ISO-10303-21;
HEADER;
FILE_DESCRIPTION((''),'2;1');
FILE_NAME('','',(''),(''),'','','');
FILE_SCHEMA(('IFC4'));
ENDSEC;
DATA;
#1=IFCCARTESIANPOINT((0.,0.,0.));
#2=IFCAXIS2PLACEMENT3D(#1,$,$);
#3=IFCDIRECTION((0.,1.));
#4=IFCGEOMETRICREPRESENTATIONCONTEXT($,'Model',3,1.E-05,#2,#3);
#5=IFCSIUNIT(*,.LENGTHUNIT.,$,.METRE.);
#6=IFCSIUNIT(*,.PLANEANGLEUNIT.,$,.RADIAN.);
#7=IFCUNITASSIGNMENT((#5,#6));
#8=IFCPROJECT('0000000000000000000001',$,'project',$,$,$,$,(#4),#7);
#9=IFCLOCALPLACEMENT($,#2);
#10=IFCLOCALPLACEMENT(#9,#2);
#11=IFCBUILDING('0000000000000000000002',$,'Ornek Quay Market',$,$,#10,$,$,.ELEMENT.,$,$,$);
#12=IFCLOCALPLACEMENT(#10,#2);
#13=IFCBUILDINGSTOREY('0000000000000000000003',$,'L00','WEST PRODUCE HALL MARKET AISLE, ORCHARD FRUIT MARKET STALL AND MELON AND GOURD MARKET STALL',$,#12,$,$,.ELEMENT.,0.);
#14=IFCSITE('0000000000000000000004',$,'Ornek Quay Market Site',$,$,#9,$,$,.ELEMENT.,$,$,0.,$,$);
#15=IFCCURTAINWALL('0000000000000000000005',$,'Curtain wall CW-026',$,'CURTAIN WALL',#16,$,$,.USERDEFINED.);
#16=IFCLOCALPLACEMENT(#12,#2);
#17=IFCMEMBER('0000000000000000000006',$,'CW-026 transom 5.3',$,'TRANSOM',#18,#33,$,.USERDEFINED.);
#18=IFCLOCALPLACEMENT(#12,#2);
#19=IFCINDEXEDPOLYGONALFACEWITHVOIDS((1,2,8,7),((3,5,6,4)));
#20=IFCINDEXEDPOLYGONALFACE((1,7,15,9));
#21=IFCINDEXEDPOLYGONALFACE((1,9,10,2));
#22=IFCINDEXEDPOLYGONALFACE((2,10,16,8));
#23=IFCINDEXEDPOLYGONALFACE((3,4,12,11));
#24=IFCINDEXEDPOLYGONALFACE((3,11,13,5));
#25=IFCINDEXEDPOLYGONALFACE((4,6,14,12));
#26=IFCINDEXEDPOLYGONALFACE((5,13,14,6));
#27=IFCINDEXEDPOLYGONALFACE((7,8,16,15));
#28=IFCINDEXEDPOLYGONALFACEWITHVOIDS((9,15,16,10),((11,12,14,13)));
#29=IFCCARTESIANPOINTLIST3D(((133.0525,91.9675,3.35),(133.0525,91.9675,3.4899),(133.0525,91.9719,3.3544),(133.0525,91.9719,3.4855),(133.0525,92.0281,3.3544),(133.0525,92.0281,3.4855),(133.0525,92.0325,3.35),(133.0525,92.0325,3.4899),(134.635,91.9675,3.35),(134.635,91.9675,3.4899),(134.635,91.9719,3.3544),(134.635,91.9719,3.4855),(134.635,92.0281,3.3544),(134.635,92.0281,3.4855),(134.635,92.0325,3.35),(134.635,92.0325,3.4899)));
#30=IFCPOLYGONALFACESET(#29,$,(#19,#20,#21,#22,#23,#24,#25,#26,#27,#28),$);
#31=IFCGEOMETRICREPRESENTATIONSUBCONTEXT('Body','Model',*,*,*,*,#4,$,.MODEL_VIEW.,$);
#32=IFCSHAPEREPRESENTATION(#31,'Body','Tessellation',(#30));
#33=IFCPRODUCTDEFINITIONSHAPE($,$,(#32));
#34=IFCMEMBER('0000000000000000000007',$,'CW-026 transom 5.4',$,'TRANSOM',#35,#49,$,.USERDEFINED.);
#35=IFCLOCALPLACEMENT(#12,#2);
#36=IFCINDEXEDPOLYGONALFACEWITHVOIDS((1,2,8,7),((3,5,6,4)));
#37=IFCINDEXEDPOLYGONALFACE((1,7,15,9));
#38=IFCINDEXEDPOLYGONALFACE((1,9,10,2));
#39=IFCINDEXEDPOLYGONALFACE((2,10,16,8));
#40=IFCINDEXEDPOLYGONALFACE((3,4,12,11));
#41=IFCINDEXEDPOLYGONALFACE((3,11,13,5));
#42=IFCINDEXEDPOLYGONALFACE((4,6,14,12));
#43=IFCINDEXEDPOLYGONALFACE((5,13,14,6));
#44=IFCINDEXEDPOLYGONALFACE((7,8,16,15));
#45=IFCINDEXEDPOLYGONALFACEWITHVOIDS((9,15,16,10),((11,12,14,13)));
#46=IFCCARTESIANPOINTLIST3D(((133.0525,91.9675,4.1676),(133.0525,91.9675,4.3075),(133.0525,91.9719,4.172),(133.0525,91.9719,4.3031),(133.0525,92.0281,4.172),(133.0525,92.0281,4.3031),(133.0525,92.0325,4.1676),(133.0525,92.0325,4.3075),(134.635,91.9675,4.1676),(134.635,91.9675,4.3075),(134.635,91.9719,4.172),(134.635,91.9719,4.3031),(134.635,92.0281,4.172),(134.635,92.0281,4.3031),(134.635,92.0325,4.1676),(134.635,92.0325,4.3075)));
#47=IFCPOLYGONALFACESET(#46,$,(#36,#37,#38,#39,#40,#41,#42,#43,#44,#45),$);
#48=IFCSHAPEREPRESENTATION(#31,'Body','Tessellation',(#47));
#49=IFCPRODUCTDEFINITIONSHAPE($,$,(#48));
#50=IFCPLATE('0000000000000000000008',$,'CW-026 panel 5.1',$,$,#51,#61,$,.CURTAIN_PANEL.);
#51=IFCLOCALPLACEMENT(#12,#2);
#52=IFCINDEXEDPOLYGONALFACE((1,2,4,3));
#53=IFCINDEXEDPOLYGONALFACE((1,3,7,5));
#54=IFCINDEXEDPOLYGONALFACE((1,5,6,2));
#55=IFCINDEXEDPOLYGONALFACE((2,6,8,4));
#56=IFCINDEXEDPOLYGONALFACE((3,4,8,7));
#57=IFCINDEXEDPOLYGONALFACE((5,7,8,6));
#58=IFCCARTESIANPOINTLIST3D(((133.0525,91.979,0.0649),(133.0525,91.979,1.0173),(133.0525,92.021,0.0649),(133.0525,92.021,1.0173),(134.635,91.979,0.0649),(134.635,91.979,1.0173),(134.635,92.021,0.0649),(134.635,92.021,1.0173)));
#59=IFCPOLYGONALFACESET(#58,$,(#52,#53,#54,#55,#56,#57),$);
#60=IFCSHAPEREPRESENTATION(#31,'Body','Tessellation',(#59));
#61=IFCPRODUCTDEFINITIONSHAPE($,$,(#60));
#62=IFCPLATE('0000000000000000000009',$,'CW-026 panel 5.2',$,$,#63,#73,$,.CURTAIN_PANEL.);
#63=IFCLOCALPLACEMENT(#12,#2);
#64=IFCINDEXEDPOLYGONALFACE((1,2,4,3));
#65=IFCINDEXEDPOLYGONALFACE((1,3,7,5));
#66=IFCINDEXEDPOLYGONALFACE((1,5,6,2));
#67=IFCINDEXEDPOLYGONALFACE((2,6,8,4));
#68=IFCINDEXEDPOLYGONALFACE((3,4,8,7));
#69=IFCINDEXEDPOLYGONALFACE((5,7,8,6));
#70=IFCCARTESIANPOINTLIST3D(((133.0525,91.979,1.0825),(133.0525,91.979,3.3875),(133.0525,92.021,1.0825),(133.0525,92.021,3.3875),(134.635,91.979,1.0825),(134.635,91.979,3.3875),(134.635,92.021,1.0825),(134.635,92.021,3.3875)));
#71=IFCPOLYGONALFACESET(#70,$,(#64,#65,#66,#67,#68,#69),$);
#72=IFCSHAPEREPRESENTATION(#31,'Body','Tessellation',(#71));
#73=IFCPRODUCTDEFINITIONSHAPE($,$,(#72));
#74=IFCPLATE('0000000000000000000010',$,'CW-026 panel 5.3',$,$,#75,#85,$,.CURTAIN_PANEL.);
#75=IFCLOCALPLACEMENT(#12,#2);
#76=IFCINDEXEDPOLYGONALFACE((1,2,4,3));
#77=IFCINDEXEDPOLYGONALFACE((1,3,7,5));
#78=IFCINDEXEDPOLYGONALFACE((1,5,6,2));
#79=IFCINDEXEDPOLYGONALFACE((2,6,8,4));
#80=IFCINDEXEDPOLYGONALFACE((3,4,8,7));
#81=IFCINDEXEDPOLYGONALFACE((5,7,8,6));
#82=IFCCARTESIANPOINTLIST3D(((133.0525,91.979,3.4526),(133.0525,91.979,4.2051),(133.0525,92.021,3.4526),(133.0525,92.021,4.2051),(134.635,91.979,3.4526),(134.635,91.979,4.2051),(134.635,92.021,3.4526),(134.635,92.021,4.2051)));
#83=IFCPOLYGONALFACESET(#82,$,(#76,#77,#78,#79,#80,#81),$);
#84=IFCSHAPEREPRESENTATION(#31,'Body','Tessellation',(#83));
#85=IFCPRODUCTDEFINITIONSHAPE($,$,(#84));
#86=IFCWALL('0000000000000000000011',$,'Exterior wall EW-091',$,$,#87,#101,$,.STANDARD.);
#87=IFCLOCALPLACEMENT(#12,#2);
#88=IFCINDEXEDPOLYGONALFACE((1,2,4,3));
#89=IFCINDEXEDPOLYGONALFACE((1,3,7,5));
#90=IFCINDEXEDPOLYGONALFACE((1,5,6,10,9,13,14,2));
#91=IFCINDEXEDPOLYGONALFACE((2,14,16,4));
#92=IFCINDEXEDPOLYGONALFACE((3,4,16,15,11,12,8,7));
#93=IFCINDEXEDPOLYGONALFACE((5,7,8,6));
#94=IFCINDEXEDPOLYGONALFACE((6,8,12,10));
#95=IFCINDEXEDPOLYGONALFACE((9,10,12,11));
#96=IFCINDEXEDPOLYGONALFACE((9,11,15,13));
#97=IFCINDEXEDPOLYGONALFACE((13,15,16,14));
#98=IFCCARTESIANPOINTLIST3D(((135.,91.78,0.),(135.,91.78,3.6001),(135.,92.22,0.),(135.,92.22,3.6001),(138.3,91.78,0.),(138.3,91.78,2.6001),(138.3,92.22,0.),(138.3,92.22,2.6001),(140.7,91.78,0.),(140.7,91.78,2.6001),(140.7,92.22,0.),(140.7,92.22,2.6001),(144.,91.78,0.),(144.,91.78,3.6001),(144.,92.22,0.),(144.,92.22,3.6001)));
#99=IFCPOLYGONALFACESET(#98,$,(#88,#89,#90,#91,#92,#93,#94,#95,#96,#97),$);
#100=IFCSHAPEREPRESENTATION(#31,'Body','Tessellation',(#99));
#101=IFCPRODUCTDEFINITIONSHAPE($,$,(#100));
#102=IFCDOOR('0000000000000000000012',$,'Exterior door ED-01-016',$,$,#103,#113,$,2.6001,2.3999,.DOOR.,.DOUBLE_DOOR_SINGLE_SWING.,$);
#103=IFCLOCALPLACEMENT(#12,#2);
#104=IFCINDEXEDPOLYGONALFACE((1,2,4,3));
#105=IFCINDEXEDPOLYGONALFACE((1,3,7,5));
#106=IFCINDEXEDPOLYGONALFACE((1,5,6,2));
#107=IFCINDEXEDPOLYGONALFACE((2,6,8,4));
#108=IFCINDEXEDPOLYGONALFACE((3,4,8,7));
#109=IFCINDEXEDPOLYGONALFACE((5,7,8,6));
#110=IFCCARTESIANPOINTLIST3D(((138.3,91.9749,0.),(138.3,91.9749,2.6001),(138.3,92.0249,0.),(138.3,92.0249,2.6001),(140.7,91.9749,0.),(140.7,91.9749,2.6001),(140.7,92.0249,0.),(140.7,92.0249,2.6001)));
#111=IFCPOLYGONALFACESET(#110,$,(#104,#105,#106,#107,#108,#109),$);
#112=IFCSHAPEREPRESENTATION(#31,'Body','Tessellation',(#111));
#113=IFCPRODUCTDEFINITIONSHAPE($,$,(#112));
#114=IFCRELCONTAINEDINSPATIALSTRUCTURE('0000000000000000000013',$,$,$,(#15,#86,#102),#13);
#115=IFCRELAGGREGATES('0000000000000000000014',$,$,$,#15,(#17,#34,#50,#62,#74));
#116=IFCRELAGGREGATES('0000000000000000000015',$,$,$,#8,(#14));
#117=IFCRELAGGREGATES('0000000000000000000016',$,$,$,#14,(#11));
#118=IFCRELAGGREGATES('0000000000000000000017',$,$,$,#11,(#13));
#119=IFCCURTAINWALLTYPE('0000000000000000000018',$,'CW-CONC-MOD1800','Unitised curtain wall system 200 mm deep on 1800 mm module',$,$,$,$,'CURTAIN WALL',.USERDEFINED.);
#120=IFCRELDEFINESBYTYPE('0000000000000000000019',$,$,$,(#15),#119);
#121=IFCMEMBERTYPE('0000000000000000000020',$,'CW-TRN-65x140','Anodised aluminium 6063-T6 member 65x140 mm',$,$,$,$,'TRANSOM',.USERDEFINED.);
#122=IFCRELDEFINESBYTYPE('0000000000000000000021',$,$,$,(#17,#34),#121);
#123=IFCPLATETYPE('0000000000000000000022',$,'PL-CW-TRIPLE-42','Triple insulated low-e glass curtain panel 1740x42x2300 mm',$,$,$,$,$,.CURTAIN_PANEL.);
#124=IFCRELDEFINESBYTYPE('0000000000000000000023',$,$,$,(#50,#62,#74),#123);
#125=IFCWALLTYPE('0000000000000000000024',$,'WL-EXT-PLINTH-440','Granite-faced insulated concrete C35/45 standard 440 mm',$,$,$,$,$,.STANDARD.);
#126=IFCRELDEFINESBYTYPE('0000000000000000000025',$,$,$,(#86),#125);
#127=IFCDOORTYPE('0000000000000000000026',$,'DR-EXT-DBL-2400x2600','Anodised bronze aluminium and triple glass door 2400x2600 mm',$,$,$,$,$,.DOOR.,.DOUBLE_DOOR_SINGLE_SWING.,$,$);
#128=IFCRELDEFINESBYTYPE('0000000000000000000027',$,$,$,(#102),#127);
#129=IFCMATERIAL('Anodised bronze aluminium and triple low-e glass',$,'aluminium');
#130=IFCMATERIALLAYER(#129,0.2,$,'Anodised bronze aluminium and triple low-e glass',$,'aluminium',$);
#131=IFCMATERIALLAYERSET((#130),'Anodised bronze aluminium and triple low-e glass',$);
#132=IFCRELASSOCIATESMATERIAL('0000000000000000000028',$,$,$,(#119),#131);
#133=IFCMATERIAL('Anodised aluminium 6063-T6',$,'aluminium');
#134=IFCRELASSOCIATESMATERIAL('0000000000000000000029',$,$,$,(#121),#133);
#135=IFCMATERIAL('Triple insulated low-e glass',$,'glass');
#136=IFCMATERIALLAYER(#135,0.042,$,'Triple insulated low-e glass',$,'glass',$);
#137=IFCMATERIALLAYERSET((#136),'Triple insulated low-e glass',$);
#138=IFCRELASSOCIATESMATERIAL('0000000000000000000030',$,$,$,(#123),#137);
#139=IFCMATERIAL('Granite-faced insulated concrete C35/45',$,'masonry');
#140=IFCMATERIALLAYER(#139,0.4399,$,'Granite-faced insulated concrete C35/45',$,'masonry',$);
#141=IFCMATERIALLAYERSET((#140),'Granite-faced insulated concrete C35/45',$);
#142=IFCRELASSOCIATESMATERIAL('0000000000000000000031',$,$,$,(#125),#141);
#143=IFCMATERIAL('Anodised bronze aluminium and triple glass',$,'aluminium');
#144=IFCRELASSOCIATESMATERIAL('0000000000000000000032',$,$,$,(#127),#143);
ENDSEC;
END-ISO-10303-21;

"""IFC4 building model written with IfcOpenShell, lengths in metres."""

from ifc_helpers import new_model, si_unit, direction, frame, frame_2d, origin, origin_2d, place, context, subcontext, project, spatial, rectangle, hollow_rectangle, extrude, material, layer, layer_set, material_profile, profile_set, type_object, element, fill, aggregate, save


model = new_model("IFC4")

# Units and contexts
model_context = context("Model", 3, precision=1e-05, world=origin(), true_north=direction((0.0, 1.0)))
body_context = subcontext(model_context, "Body", "Model", "MODEL_VIEW")
ifc_project = project(units=[si_unit("LENGTHUNIT", "METRE"), si_unit("PLANEANGLEUNIT", "RADIAN")], contexts=[model_context])

# Site, building, storey
site_placement = place(None, origin())
site = spatial("IfcSite", under=ifc_project, at=site_placement, Name="Ornek Quay Market Site", CompositionType="ELEMENT", RefElevation=0.0)
building_placement = place(site_placement, origin())
building = spatial("IfcBuilding", under=site, at=building_placement, Name="Ornek Quay Market", CompositionType="ELEMENT")
storey_placement = place(building_placement, origin())
storey = spatial("IfcBuildingStorey", under=building, at=storey_placement, Name="L00", Description="WEST PRODUCE HALL MARKET AISLE, ORCHARD FRUIT MARKET STALL AND MELON AND GOURD MARKET STALL", CompositionType="ELEMENT", Elevation=0.0)

# Curtain wall, members, plates
ifc_material_1 = material(Name="Anodised bronze aluminium and triple low-e glass", Category="aluminium")
ifc_layer_1 = layer(ifc_material_1, 0.2, Name="Anodised bronze aluminium and triple low-e glass", Category="aluminium")
ifc_layer_set_1 = layer_set([ifc_layer_1], Name="Anodised bronze aluminium and triple low-e glass")
curtain_wall_type = type_object("IfcCurtainWallType", Name="CW-CONC-MOD1800", Description="Unitised curtain wall system 200 mm deep on 1800 mm module", ElementType="CURTAIN WALL", PredefinedType="USERDEFINED", material=ifc_layer_set_1)
curtain_wall_placement = place(storey_placement, origin())
curtain_wall = element("IfcCurtainWall", 1, at=curtain_wall_placement, inside=storey, type_object=curtain_wall_type, Name="Curtain wall CW-026", ObjectType="CURTAIN WALL", PredefinedType="USERDEFINED")
ifc_material_2 = material(Name="Anodised aluminium 6063-T6", Category="aluminium")
ifc_material_profile_1 = material_profile(ifc_material_2, hollow_rectangle(XDim=0.0649, YDim=0.1399, WallThickness=0.0044, at=origin_2d()), Name="CW-TRN-65x140", Category="aluminium")
ifc_profile_set_1 = profile_set([ifc_material_profile_1], Name="Anodised aluminium 6063-T6")
member_type_1 = type_object("IfcMemberType", Name="CW-TRN-65x140", Description="Anodised aluminium 6063-T6 member 65x140 mm", ElementType="TRANSOM", PredefinedType="USERDEFINED", material=ifc_profile_set_1)
member_1_placement = place(storey_placement, frame((133.0525, 92.0, 3.4199), z_axis=(1.0, 0.0, 0.0), x_axis=(0.0, 1.0, 0.0)))
member_1 = element("IfcMember", 2, at=member_1_placement, type_object=member_type_1, Name="CW-026 transom 5.3", ObjectType="TRANSOM", PredefinedType="USERDEFINED", context=body_context, shape_type="SweptSolid", body=[
    extrude(hollow_rectangle(XDim=0.0649, YDim=0.1399, WallThickness=0.0044, at=origin_2d()), origin(), (0.0, 0.0, 1.0), 1.5825),
])
member_2_placement = place(storey_placement, frame((133.0525, 92.0, 4.2375), z_axis=(1.0, 0.0, 0.0), x_axis=(0.0, 1.0, 0.0)))
member_2 = element("IfcMember", 3, at=member_2_placement, type_object=member_type_1, Name="CW-026 transom 5.4", ObjectType="TRANSOM", PredefinedType="USERDEFINED", context=body_context, shape_type="SweptSolid", body=[
    extrude(hollow_rectangle(XDim=0.0649, YDim=0.1399, WallThickness=0.0044, at=origin_2d()), origin(), (0.0, 0.0, 1.0), 1.5825),
])
ifc_material_3 = material(Name="Triple insulated low-e glass", Category="glass")
ifc_layer_2 = layer(ifc_material_3, 0.042, Name="Triple insulated low-e glass", Category="glass")
ifc_layer_set_2 = layer_set([ifc_layer_2], Name="Triple insulated low-e glass")
plate_type = type_object("IfcPlateType", Name="PL-CW-TRIPLE-42", Description="Triple insulated low-e glass curtain panel 1740x42x2300 mm", PredefinedType="CURTAIN_PANEL", material=ifc_layer_set_2)
plate_1_placement = place(storey_placement, frame((133.8438, 92.0, 0.0649), z_axis=(0.0, 0.0, 1.0), x_axis=(1.0, 0.0, 0.0)))
plate_1 = element("IfcPlate", 4, at=plate_1_placement, type_object=plate_type, Name="CW-026 panel 5.1", PredefinedType="CURTAIN_PANEL", context=body_context, shape_type="SweptSolid", body=[
    extrude(rectangle(XDim=1.5825, YDim=0.042, at=origin_2d()), origin(), (0.0, 0.0, 1.0), 0.9524),
])
plate_2_placement = place(storey_placement, frame((133.8438, 92.0, 1.0825), z_axis=(0.0, 0.0, 1.0), x_axis=(1.0, 0.0, 0.0)))
plate_2 = element("IfcPlate", 5, at=plate_2_placement, type_object=plate_type, Name="CW-026 panel 5.2", PredefinedType="CURTAIN_PANEL", context=body_context, shape_type="SweptSolid", body=[
    extrude(rectangle(XDim=1.5825, YDim=0.042, at=origin_2d()), origin(), (0.0, 0.0, 1.0), 2.3049),
])
plate_3_placement = place(storey_placement, frame((133.8438, 92.0, 3.4526), z_axis=(0.0, 0.0, 1.0), x_axis=(1.0, 0.0, 0.0)))
plate_3 = element("IfcPlate", 6, at=plate_3_placement, type_object=plate_type, Name="CW-026 panel 5.3", PredefinedType="CURTAIN_PANEL", context=body_context, shape_type="SweptSolid", body=[
    extrude(rectangle(XDim=1.5825, YDim=0.042, at=origin_2d()), origin(), (0.0, 0.0, 1.0), 0.7524),
])
aggregate(curtain_wall, [member_1, member_2, plate_1, plate_2, plate_3])

# Wall, opening, door
ifc_material_4 = material(Name="Granite-faced insulated concrete C35/45", Category="masonry")
ifc_layer_3 = layer(ifc_material_4, 0.4399, Name="Granite-faced insulated concrete C35/45", Category="masonry")
ifc_layer_set_3 = layer_set([ifc_layer_3], Name="Granite-faced insulated concrete C35/45")
wall_type = type_object("IfcWallType", Name="WL-EXT-PLINTH-440", Description="Granite-faced insulated concrete C35/45 standard 440 mm", PredefinedType="STANDARD", material=ifc_layer_set_3)
wall_placement = place(storey_placement, frame((135.0, 92.0, 0.0), z_axis=(0.0, 0.0, 1.0), x_axis=(1.0, 0.0, 0.0)))
wall = element("IfcWall", 7, at=wall_placement, inside=storey, type_object=wall_type, Name="Exterior wall EW-091", PredefinedType="STANDARD", context=body_context, shape_type="SweptSolid", body=[
    extrude(rectangle(XDim=9.0, YDim=0.4399, at=frame_2d((4.5, 0.0))), origin(), (0.0, 0.0, 1.0), 3.6001),
])
opening_placement = place(wall_placement, frame((3.3, 0.0, 0.0)))
opening = element("IfcOpeningElement", 8, at=opening_placement, cuts=wall, PredefinedType="OPENING", context=body_context, shape_type="SweptSolid", body=[
    extrude(rectangle(XDim=2.3999, YDim=2.6001, at=frame_2d((1.2, 1.3))), frame((0.0, 0.23, 0.0), z_axis=(0.0, -1.0, 0.0), x_axis=(1.0, 0.0, 0.0)), (0.0, 0.0, 1.0), 0.46),
])
ifc_material_5 = material(Name="Anodised bronze aluminium and triple glass", Category="aluminium")
door_type = type_object("IfcDoorType", Name="DR-EXT-DBL-2400x2600", Description="Anodised bronze aluminium and triple glass door 2400x2600 mm", OperationType="DOUBLE_DOOR_SINGLE_SWING", PredefinedType="DOOR", material=ifc_material_5)
door_placement = place(opening_placement, origin())
door = element("IfcDoor", 9, at=door_placement, inside=storey, type_object=door_type, Name="Exterior door ED-01-016", OperationType="DOUBLE_DOOR_SINGLE_SWING", OverallHeight=2.6001, OverallWidth=2.3999, PredefinedType="DOOR", context=body_context, shape_type="SweptSolid", body=[
    extrude(rectangle(XDim=2.3999, YDim=2.6001, at=frame_2d((1.2, 1.3))), frame((0.0, 0.0249, 0.0), z_axis=(0.0, -1.0, 0.0), x_axis=(1.0, 0.0, 0.0)), (0.0, 0.0, 1.0), 0.05),
])
fill(opening, door)

save(model, "model.ifc")
